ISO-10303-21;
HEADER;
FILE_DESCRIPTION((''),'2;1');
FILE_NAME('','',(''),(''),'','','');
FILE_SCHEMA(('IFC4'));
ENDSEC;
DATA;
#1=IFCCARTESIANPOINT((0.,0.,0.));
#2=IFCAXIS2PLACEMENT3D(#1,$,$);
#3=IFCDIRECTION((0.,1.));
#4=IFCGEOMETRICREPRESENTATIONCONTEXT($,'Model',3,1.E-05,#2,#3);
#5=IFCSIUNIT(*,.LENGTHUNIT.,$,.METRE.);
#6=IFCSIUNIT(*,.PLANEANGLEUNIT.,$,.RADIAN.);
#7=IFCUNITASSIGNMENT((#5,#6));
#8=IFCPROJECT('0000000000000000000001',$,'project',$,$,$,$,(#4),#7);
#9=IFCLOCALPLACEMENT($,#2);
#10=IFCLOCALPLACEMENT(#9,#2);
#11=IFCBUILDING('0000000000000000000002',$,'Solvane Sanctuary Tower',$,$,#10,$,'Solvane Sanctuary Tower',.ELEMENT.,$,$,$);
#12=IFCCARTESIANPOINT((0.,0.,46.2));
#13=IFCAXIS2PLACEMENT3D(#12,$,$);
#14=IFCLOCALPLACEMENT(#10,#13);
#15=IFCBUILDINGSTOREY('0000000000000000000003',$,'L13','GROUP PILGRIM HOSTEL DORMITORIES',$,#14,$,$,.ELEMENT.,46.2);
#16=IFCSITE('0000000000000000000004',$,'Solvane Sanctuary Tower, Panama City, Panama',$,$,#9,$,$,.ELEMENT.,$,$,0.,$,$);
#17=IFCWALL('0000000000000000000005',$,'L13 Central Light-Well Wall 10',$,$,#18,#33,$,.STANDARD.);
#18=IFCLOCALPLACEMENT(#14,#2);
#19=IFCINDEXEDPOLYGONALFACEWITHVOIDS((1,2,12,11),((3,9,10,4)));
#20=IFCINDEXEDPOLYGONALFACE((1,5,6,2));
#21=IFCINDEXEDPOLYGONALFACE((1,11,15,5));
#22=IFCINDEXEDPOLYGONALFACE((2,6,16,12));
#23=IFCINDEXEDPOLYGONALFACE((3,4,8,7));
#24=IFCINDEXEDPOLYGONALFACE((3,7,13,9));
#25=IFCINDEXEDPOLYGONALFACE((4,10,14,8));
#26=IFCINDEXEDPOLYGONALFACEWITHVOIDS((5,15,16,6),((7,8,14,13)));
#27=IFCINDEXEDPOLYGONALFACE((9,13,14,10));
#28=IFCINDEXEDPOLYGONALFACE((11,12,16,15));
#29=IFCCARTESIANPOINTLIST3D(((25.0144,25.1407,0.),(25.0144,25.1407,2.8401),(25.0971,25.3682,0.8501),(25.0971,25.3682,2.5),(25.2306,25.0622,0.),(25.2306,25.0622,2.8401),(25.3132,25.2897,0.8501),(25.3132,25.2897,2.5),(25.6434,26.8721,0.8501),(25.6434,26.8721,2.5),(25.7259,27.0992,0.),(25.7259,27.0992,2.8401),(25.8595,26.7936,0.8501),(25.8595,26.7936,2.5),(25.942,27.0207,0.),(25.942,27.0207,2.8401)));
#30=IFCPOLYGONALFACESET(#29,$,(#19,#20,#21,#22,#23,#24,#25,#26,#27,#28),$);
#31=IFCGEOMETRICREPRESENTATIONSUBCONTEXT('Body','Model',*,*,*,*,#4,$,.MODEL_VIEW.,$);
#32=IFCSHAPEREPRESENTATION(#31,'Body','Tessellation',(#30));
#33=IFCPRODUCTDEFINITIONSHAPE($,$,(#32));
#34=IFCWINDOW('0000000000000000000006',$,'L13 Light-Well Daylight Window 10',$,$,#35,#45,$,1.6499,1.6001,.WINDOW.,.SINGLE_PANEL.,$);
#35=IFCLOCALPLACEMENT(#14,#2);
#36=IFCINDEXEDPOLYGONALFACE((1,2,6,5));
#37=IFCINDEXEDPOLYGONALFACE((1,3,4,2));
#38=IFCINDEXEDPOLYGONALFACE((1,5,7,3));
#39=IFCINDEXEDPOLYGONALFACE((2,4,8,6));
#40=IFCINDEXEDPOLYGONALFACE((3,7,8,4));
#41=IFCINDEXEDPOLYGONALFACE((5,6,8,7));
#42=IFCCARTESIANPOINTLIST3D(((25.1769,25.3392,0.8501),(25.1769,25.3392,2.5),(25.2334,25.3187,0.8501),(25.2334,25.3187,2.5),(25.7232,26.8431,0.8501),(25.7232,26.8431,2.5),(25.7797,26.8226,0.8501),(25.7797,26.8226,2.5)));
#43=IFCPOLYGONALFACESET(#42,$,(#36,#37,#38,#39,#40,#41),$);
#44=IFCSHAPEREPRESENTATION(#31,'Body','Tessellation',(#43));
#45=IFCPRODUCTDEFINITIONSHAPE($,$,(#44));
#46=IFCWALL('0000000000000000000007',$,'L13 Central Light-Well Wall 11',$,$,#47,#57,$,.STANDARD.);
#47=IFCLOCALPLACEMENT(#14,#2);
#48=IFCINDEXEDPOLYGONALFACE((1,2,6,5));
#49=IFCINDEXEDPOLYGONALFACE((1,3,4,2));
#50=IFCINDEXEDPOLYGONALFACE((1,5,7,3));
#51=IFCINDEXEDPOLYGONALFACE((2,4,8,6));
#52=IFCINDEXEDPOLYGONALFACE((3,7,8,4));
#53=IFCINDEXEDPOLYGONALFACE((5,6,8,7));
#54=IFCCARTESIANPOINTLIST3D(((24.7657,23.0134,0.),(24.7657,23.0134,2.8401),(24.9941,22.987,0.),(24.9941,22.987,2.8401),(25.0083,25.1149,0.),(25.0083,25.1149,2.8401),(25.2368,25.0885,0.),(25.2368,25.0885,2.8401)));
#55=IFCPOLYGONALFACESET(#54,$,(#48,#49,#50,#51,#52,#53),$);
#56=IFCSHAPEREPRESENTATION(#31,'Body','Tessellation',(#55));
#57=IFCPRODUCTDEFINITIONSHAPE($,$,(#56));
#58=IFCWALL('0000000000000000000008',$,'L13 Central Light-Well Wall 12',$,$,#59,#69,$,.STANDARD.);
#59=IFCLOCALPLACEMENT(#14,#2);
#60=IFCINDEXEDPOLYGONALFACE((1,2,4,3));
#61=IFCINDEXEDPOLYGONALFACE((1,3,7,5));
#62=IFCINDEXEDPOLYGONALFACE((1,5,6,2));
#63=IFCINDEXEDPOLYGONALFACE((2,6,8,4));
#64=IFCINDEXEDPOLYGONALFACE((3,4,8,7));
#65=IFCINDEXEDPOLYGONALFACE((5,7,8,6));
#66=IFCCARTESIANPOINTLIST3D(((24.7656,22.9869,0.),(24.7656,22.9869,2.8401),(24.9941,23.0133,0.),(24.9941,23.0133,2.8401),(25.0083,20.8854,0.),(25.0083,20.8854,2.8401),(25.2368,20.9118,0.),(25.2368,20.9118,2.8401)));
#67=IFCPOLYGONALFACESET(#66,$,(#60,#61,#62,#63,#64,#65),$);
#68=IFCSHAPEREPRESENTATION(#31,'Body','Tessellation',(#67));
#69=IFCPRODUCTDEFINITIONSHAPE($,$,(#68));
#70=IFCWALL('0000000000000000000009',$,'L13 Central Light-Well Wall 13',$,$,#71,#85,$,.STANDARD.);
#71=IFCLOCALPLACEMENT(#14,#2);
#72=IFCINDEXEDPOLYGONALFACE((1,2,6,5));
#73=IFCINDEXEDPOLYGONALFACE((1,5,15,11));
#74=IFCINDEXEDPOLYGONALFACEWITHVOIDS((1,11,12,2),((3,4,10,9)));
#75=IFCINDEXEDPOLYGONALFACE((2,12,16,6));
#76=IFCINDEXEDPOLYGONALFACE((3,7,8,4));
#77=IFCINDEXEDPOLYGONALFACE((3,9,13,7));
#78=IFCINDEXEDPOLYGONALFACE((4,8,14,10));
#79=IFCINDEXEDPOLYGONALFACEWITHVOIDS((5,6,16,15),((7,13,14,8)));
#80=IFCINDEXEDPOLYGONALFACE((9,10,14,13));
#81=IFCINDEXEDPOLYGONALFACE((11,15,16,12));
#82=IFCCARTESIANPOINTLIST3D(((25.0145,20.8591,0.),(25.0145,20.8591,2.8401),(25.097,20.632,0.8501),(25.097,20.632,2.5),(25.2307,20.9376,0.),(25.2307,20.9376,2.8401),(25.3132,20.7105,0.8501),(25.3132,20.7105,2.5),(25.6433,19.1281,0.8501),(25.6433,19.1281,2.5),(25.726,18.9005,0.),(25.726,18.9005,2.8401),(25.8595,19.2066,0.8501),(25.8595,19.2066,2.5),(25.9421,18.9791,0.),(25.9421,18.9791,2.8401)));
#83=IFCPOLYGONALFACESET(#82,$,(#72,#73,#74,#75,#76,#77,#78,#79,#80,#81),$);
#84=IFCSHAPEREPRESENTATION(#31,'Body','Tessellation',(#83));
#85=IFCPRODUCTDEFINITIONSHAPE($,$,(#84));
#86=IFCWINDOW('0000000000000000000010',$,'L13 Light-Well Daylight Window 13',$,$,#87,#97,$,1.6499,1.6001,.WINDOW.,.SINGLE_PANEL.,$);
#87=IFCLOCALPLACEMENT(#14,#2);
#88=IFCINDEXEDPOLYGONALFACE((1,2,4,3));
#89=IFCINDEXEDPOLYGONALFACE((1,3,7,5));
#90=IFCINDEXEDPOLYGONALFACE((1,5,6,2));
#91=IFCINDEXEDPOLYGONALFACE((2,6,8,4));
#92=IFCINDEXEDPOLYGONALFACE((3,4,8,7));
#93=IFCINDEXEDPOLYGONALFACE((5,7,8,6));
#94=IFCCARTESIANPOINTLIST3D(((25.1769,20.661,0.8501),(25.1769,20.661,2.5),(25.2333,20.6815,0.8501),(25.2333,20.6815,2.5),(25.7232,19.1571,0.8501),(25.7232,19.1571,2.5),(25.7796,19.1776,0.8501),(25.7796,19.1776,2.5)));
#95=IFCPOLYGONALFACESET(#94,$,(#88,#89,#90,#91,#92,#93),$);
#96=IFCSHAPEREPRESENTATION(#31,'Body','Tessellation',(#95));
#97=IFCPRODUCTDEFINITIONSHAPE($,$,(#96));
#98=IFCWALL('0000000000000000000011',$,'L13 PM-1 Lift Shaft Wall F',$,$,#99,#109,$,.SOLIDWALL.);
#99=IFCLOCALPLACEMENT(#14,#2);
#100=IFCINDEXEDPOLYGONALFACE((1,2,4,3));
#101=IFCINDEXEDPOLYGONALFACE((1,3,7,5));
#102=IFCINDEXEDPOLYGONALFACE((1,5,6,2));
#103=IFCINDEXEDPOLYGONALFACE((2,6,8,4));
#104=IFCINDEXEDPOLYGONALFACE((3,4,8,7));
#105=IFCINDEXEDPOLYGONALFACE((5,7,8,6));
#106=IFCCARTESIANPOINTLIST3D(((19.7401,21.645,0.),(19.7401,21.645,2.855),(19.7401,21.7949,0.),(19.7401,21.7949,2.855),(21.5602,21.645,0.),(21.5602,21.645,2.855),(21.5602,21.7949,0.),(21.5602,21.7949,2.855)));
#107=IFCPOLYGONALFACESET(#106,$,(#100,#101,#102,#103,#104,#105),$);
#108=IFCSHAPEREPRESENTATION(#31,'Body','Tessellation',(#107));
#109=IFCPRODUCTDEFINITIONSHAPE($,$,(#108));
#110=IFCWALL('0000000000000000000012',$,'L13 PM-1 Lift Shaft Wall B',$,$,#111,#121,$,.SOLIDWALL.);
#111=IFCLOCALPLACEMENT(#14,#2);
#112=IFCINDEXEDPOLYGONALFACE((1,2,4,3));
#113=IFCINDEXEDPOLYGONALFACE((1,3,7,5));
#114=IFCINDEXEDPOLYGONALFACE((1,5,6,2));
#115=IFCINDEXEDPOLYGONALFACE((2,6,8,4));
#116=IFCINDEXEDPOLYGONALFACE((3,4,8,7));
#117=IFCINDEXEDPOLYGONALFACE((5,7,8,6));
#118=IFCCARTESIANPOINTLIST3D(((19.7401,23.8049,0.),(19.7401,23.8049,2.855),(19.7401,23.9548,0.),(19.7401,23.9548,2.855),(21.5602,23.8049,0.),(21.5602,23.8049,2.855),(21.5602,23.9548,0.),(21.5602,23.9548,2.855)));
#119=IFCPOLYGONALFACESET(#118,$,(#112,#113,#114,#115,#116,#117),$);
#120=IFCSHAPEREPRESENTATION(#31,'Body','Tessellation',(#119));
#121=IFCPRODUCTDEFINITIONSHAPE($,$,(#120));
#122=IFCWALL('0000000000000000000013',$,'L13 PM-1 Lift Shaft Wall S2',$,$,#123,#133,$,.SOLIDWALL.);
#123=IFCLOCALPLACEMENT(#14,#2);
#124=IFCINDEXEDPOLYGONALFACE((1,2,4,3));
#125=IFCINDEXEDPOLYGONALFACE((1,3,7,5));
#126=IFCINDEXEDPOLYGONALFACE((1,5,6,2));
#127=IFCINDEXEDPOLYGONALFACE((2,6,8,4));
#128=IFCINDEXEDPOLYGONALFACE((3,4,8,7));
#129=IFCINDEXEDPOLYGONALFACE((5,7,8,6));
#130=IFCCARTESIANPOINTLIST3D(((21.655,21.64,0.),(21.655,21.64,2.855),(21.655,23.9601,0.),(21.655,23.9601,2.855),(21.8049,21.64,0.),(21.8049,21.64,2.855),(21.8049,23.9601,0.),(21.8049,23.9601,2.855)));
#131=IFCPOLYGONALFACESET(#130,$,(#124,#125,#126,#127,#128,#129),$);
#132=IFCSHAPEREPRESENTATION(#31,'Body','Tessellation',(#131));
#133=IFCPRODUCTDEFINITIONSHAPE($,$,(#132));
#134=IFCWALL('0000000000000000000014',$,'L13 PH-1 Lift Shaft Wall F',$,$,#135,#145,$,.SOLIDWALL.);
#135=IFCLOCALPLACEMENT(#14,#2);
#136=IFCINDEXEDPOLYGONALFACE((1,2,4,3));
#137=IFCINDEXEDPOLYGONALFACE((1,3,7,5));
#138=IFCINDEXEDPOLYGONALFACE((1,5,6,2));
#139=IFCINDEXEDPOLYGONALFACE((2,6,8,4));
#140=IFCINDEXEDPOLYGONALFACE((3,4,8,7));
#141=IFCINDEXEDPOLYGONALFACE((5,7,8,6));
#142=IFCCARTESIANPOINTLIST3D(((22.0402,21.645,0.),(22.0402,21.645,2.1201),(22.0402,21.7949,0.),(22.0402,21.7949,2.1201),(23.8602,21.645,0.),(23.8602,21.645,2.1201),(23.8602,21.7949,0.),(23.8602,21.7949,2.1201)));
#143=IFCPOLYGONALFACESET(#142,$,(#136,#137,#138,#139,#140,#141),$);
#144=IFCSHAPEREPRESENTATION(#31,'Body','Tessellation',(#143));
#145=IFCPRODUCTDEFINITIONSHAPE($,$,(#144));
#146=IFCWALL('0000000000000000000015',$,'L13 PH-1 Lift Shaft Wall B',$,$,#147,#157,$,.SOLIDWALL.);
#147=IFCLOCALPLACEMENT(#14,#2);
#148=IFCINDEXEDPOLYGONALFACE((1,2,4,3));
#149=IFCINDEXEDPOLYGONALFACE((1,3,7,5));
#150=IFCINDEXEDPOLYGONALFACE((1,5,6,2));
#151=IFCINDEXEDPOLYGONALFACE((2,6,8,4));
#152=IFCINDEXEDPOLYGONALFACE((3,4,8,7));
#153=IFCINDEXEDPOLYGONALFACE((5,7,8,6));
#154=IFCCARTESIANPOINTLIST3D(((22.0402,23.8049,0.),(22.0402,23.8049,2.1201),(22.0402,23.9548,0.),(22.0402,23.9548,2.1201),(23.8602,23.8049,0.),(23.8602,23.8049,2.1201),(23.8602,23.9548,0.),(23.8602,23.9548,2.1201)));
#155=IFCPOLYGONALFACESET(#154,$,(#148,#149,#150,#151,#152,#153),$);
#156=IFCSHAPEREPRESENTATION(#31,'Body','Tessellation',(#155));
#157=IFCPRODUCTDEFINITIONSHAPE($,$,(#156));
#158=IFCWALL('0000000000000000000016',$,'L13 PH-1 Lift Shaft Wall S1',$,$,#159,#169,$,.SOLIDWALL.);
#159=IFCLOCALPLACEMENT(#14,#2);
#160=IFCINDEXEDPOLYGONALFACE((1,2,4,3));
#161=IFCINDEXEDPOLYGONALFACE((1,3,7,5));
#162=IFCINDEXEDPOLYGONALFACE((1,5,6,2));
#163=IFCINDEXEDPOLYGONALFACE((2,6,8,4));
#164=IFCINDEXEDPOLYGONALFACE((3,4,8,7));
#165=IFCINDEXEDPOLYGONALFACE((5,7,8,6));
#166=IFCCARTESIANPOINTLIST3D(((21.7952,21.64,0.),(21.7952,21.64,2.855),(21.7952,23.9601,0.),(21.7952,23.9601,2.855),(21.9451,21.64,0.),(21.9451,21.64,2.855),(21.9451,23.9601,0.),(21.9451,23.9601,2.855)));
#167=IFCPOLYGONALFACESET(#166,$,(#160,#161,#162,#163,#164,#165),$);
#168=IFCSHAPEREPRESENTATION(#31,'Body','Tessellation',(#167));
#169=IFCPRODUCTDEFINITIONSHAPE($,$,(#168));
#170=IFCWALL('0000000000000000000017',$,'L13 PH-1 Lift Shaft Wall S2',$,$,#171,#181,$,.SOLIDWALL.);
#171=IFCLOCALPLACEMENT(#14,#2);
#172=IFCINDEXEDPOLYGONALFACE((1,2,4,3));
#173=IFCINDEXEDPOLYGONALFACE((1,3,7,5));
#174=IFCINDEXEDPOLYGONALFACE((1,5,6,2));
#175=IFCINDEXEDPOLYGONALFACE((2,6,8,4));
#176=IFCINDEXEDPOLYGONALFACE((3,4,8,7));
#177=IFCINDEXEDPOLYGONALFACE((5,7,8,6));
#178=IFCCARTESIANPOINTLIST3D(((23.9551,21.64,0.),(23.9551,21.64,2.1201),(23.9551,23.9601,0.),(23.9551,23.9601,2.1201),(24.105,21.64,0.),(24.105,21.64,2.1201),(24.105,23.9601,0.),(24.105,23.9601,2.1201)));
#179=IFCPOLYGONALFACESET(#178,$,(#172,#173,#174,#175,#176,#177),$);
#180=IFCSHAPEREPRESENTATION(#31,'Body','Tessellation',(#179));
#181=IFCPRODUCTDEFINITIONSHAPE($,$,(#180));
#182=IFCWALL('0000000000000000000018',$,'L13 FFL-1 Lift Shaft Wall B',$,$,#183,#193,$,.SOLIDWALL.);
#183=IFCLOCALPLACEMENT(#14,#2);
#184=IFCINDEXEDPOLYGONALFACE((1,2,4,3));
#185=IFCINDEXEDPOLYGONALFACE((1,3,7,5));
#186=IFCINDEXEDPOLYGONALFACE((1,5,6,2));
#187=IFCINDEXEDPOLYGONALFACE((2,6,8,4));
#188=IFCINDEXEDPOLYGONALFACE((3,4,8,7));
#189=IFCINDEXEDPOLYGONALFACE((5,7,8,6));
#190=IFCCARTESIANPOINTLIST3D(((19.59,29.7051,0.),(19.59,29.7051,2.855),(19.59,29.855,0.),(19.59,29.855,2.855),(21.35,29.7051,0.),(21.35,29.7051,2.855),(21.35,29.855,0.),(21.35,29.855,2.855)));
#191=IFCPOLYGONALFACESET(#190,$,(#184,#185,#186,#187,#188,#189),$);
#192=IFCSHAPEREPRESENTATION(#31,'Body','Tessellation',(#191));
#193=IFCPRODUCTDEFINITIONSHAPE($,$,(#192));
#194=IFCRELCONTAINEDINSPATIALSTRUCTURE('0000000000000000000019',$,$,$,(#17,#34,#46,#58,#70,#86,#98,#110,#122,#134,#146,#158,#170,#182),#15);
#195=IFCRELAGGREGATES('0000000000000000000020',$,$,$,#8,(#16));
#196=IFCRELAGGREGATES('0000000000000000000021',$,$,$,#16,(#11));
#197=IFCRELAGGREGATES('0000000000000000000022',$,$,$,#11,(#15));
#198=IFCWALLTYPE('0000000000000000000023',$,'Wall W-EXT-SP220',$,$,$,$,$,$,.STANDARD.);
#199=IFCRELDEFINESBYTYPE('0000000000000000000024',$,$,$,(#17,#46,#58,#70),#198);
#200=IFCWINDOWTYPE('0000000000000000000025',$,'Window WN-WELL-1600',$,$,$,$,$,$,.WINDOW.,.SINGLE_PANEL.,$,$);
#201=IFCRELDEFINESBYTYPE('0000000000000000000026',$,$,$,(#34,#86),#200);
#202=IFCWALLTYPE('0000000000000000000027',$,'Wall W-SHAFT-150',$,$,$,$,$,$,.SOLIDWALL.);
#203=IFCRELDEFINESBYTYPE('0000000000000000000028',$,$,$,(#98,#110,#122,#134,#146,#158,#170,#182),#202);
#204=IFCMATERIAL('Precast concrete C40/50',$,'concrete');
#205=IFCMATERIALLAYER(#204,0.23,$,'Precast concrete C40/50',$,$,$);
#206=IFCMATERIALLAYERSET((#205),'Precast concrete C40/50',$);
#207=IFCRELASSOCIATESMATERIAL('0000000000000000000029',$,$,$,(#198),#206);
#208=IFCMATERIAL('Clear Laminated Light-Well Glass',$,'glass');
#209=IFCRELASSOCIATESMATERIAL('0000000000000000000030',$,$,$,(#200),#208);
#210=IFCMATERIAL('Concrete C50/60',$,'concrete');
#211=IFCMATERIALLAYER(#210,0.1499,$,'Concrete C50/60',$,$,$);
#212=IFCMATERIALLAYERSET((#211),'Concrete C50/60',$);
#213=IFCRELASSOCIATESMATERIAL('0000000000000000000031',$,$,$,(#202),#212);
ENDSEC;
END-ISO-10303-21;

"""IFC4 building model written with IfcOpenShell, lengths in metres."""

from ifc_helpers import new_model, si_unit, direction, frame, frame_2d, origin, place, context, subcontext, project, spatial, rectangle, extrude, material, layer, layer_set, type_object, element, fill, save


model = new_model("IFC4")

# Units and contexts
model_context = context("Model", 3, precision=1e-05, world=origin(), true_north=direction((0.0, 1.0)))
body_context = subcontext(model_context, "Body", "Model", "MODEL_VIEW")
ifc_project = project(units=[si_unit("LENGTHUNIT", "METRE"), si_unit("PLANEANGLEUNIT", "RADIAN")], contexts=[model_context])

# Site, building, storey
site_placement = place(None, origin())
site = spatial("IfcSite", under=ifc_project, at=site_placement, Name="Solvane Sanctuary Tower, Panama City, Panama", CompositionType="ELEMENT", RefElevation=0.0)
building_placement = place(site_placement, origin())
building = spatial("IfcBuilding", under=site, at=building_placement, Name="Solvane Sanctuary Tower", LongName="Solvane Sanctuary Tower", CompositionType="ELEMENT")
storey_placement = place(building_placement, frame((0.0, 0.0, 46.2)))
storey = spatial("IfcBuildingStorey", under=building, at=storey_placement, Name="L13", Description="GROUP PILGRIM HOSTEL DORMITORIES", CompositionType="ELEMENT", Elevation=46.2)

# Shared definitions
ifc_material_1 = material(Name="Precast concrete C40/50", Category="concrete")
ifc_layer_1 = layer(ifc_material_1, 0.23, Name="Precast concrete C40/50")
ifc_layer_set_1 = layer_set([ifc_layer_1], Name="Precast concrete C40/50")
wall_type_1 = type_object("IfcWallType", Name="Wall W-EXT-SP220", PredefinedType="STANDARD", material=ifc_layer_set_1)

# Wall, opening, window
wall_1_placement = place(storey_placement, frame((25.834, 27.0601, 0.0), z_axis=(0.0, 0.0, 1.0), x_axis=(-0.341423, -0.93991, 0.0)))
wall_1 = element("IfcWall", 1, at=wall_1_placement, inside=storey, type_object=wall_type_1, Name="L13 Central Light-Well Wall 10", PredefinedType="STANDARD", context=body_context, shape_type="SweptSolid", body=[
    extrude(rectangle(XDim=2.0837, YDim=0.23, at=frame_2d((1.042, 0.0))), origin(), (0.0, 0.0, 1.0), 2.8401),
])
opening_1_placement = place(wall_1_placement, frame((0.2417, 0.0, 0.8501)))
opening_1 = element("IfcOpeningElement", 2, at=opening_1_placement, cuts=wall_1, PredefinedType="OPENING", context=body_context, shape_type="SweptSolid", body=[
    extrude(rectangle(XDim=1.6001, YDim=1.6499, at=frame_2d((0.8, 0.825))), frame((0.0, 0.125, 0.0), z_axis=(0.0, -1.0, 0.0), x_axis=(1.0, 0.0, 0.0)), (0.0, 0.0, 1.0), 0.25),
])
ifc_material_2 = material(Name="Clear Laminated Light-Well Glass", Category="glass")
window_type = type_object("IfcWindowType", Name="Window WN-WELL-1600", PartitioningType="SINGLE_PANEL", PredefinedType="WINDOW", material=ifc_material_2)
window_1_placement = place(opening_1_placement, origin())
window_1 = element("IfcWindow", 3, at=window_1_placement, inside=storey, type_object=window_type, Name="L13 Light-Well Daylight Window 10", OverallHeight=1.6499, OverallWidth=1.6001, PartitioningType="SINGLE_PANEL", PredefinedType="WINDOW", context=body_context, shape_type="SweptSolid", body=[
    extrude(rectangle(XDim=1.6001, YDim=1.6499, at=frame_2d((0.8, 0.825))), frame((0.0, 0.03, 0.0), z_axis=(0.0, -1.0, 0.0), x_axis=(1.0, 0.0, 0.0)), (0.0, 0.0, 1.0), 0.0601),
])
fill(opening_1, window_1)

# Walls
for number, where, z_axis, x_axis, name in (
    (4, (25.1226, 25.1016, 0.0), (0.0, 0.0, 1.0), (-0.114712, -0.993399, 0.0), "L13 Central Light-Well Wall 11"),
    (5, (24.8799, 23.0, 0.0), (0.0, 0.0, 1.0), (0.114712, -0.993399, 0.0), "L13 Central Light-Well Wall 12"),
):
    element("IfcWall", number, at=place(storey_placement, frame(where, z_axis=z_axis, x_axis=x_axis)), inside=storey, type_object=wall_type_1, Name=name, PredefinedType="STANDARD", context=body_context, shape_type="SweptSolid", body=[
        extrude(rectangle(XDim=2.1155, YDim=0.23, at=frame_2d((1.0576, 0.0))), origin(), (0.0, 0.0, 1.0), 2.8401),
    ])

# Wall, opening, window
wall_2_placement = place(storey_placement, frame((25.1226, 20.8984, 0.0), z_axis=(0.0, 0.0, 1.0), x_axis=(0.341423, -0.93991, 0.0)))
wall_2 = element("IfcWall", 6, at=wall_2_placement, inside=storey, type_object=wall_type_1, Name="L13 Central Light-Well Wall 13", PredefinedType="STANDARD", context=body_context, shape_type="SweptSolid", body=[
    extrude(rectangle(XDim=2.0837, YDim=0.23, at=frame_2d((1.042, 0.0))), origin(), (0.0, 0.0, 1.0), 2.8401),
])
opening_2_placement = place(wall_2_placement, frame((0.2417, 0.0, 0.8501)))
opening_2 = element("IfcOpeningElement", 7, at=opening_2_placement, cuts=wall_2, PredefinedType="OPENING", context=body_context, shape_type="SweptSolid", body=[
    extrude(rectangle(XDim=1.6001, YDim=1.6499, at=frame_2d((0.8, 0.825))), frame((0.0, 0.125, 0.0), z_axis=(0.0, -1.0, 0.0), x_axis=(1.0, 0.0, 0.0)), (0.0, 0.0, 1.0), 0.25),
])
window_2_placement = place(opening_2_placement, origin())
window_2 = element("IfcWindow", 8, at=window_2_placement, inside=storey, type_object=window_type, Name="L13 Light-Well Daylight Window 13", OverallHeight=1.6499, OverallWidth=1.6001, PartitioningType="SINGLE_PANEL", PredefinedType="WINDOW", context=body_context, shape_type="SweptSolid", body=[
    extrude(rectangle(XDim=1.6001, YDim=1.6499, at=frame_2d((0.8, 0.825))), frame((0.0, 0.03, 0.0), z_axis=(0.0, -1.0, 0.0), x_axis=(1.0, 0.0, 0.0)), (0.0, 0.0, 1.0), 0.0601),
])
fill(opening_2, window_2)

# Walls
ifc_material_3 = material(Name="Concrete C50/60", Category="concrete")
ifc_layer_2 = layer(ifc_material_3, 0.1499, Name="Concrete C50/60")
ifc_layer_set_2 = layer_set([ifc_layer_2], Name="Concrete C50/60")
wall_type_2 = type_object("IfcWallType", Name="Wall W-SHAFT-150", PredefinedType="SOLIDWALL", material=ifc_layer_set_2)
for number, where, z_axis, x_axis, name in (
    (9, (19.74, 21.72, 0.0), (0.0, 0.0, 1.0), (1.0, 0.0, 0.0), "L13 PM-1 Lift Shaft Wall F"),
    (10, (19.74, 23.8799, 0.0), (0.0, 0.0, 1.0), (1.0, 0.0, 0.0), "L13 PM-1 Lift Shaft Wall B"),
):
    element("IfcWall", number, at=place(storey_placement, frame(where, z_axis=z_axis, x_axis=x_axis)), inside=storey, type_object=wall_type_2, Name=name, PredefinedType="SOLIDWALL", context=body_context, shape_type="SweptSolid", body=[
        extrude(rectangle(XDim=1.8201, YDim=0.1499, at=frame_2d((0.9102, 0.0))), origin(), (0.0, 0.0, 1.0), 2.855),
    ])
wall_3_placement = place(storey_placement, frame((21.73, 21.6399, 0.0), z_axis=(0.0, 0.0, 1.0), x_axis=(0.0, 1.0, 0.0)))
element("IfcWall", 11, at=wall_3_placement, inside=storey, type_object=wall_type_2, Name="L13 PM-1 Lift Shaft Wall S2", PredefinedType="SOLIDWALL", context=body_context, shape_type="SweptSolid", body=[
    extrude(rectangle(XDim=2.3201, YDim=0.1499, at=frame_2d((1.1602, 0.0))), origin(), (0.0, 0.0, 1.0), 2.855),
])
for number, where, z_axis, x_axis, name in (
    (12, (22.04, 21.72, 0.0), (0.0, 0.0, 1.0), (1.0, 0.0, 0.0), "L13 PH-1 Lift Shaft Wall F"),
    (13, (22.04, 23.8799, 0.0), (0.0, 0.0, 1.0), (1.0, 0.0, 0.0), "L13 PH-1 Lift Shaft Wall B"),
):
    element("IfcWall", number, at=place(storey_placement, frame(where, z_axis=z_axis, x_axis=x_axis)), inside=storey, type_object=wall_type_2, Name=name, PredefinedType="SOLIDWALL", context=body_context, shape_type="SweptSolid", body=[
        extrude(rectangle(XDim=1.8201, YDim=0.1499, at=frame_2d((0.9102, 0.0))), origin(), (0.0, 0.0, 1.0), 2.1201),
    ])
wall_4_placement = place(storey_placement, frame((21.8701, 21.6399, 0.0), z_axis=(0.0, 0.0, 1.0), x_axis=(0.0, 1.0, 0.0)))
element("IfcWall", 14, at=wall_4_placement, inside=storey, type_object=wall_type_2, Name="L13 PH-1 Lift Shaft Wall S1", PredefinedType="SOLIDWALL", context=body_context, shape_type="SweptSolid", body=[
    extrude(rectangle(XDim=2.3201, YDim=0.1499, at=frame_2d((1.1602, 0.0))), origin(), (0.0, 0.0, 1.0), 2.855),
])
wall_5_placement = place(storey_placement, frame((24.03, 21.6399, 0.0), z_axis=(0.0, 0.0, 1.0), x_axis=(0.0, 1.0, 0.0)))
element("IfcWall", 15, at=wall_5_placement, inside=storey, type_object=wall_type_2, Name="L13 PH-1 Lift Shaft Wall S2", PredefinedType="SOLIDWALL", context=body_context, shape_type="SweptSolid", body=[
    extrude(rectangle(XDim=2.3201, YDim=0.1499, at=frame_2d((1.1602, 0.0))), origin(), (0.0, 0.0, 1.0), 2.1201),
])
wall_6_placement = place(storey_placement, frame((19.5901, 29.78, 0.0), z_axis=(0.0, 0.0, 1.0), x_axis=(1.0, 0.0, 0.0)))
element("IfcWall", 16, at=wall_6_placement, inside=storey, type_object=wall_type_2, Name="L13 FFL-1 Lift Shaft Wall B", PredefinedType="SOLIDWALL", context=body_context, shape_type="SweptSolid", body=[
    extrude(rectangle(XDim=1.76, YDim=0.1499, at=frame_2d((0.8799, 0.0))), origin(), (0.0, 0.0, 1.0), 2.855),
])

save(model, "model.ifc")
